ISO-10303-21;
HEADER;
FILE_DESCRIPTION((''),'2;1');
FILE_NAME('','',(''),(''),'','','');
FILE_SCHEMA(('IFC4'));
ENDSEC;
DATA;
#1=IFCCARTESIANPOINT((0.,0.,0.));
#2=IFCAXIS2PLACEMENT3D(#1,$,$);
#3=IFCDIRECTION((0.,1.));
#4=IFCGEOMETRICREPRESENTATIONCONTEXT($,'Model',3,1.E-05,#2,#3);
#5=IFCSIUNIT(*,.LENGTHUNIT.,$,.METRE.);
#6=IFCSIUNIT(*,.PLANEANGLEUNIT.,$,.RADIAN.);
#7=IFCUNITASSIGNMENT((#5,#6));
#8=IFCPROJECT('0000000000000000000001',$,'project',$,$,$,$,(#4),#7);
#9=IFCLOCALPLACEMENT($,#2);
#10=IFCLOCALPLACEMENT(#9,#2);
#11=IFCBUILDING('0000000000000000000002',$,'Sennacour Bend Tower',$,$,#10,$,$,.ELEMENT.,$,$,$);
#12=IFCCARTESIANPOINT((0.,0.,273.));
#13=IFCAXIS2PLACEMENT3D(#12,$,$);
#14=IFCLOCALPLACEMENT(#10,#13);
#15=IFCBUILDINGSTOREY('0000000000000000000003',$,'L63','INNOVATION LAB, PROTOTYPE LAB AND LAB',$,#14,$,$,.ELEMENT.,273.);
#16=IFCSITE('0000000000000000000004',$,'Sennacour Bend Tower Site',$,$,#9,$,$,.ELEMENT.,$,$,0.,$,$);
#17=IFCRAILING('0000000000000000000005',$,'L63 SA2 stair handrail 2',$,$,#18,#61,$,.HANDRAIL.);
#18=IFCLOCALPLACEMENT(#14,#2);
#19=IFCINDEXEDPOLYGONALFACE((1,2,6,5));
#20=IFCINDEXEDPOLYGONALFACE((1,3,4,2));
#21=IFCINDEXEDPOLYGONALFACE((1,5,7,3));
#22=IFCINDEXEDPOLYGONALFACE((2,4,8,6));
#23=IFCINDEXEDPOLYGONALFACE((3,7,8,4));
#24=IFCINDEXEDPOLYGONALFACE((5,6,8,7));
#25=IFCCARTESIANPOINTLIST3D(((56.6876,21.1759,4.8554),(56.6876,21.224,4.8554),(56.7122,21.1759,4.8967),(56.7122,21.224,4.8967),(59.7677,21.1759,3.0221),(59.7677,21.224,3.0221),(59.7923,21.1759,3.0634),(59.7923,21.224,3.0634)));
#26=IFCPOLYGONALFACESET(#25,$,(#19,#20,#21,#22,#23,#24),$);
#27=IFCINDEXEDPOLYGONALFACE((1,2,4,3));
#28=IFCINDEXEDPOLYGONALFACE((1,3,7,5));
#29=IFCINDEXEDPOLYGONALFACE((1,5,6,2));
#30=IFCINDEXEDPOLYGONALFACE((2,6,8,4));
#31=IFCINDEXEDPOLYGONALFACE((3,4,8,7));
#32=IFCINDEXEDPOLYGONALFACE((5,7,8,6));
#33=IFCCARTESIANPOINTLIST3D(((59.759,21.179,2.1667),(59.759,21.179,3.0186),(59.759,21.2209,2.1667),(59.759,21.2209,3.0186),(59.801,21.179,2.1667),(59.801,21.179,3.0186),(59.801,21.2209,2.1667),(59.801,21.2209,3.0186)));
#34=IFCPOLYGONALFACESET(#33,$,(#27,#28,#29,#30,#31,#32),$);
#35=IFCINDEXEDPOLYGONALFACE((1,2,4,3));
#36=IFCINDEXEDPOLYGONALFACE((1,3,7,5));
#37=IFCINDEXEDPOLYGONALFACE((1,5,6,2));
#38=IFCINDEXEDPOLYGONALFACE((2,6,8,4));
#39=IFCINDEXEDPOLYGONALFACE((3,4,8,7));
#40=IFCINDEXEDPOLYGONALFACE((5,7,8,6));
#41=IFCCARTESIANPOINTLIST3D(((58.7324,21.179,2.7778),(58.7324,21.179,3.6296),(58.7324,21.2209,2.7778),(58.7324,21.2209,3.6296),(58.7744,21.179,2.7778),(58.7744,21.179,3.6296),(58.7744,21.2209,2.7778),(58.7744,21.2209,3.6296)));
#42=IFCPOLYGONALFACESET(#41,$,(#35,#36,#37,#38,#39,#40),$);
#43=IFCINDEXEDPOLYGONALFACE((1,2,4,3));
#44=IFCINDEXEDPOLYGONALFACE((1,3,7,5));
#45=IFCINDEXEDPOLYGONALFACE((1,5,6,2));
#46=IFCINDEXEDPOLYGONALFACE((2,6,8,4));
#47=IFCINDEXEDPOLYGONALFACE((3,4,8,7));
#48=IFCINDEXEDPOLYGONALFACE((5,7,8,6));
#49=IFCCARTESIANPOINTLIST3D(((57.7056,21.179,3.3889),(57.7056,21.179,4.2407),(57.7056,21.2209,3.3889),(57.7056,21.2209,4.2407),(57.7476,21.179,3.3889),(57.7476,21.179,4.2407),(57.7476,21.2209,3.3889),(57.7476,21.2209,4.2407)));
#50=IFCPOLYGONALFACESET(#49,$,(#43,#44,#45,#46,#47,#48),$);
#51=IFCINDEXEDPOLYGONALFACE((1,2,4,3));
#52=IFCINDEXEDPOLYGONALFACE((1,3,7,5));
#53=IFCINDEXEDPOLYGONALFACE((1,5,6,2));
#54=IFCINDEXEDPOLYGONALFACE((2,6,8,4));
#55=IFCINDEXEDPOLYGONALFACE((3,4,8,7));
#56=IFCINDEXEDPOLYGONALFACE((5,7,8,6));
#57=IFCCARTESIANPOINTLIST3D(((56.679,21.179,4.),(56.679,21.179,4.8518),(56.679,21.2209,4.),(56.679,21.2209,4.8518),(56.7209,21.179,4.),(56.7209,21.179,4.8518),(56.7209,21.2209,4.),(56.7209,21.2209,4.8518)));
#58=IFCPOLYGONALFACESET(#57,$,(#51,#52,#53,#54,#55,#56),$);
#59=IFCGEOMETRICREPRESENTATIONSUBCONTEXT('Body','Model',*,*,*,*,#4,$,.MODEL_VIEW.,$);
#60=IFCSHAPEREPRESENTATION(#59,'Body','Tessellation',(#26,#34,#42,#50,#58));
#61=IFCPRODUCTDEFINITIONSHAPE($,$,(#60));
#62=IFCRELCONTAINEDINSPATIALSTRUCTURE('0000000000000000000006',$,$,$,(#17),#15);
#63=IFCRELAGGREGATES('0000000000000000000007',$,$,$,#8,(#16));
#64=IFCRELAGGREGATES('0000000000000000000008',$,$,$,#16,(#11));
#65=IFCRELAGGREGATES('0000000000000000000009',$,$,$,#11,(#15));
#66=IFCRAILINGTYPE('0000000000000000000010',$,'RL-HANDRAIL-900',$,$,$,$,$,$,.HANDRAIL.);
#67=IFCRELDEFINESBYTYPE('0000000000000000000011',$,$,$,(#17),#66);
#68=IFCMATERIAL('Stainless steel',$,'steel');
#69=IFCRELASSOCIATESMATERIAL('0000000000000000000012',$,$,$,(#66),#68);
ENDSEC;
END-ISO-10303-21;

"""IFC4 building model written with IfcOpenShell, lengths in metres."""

from ifc_helpers import new_model, si_unit, direction, frame, origin, origin_2d, place, context, subcontext, project, spatial, rectangle, extrude, material, type_object, element, save


model = new_model("IFC4")

# Units and contexts
model_context = context("Model", 3, precision=1e-05, world=origin(), true_north=direction((0.0, 1.0)))
body_context = subcontext(model_context, "Body", "Model", "MODEL_VIEW")
ifc_project = project(units=[si_unit("LENGTHUNIT", "METRE"), si_unit("PLANEANGLEUNIT", "RADIAN")], contexts=[model_context])

# Site, building, storey
site_placement = place(None, origin())
site = spatial("IfcSite", under=ifc_project, at=site_placement, Name="Sennacour Bend Tower Site", CompositionType="ELEMENT", RefElevation=0.0)
building_placement = place(site_placement, origin())
building = spatial("IfcBuilding", under=site, at=building_placement, Name="Sennacour Bend Tower", CompositionType="ELEMENT")
storey_placement = place(building_placement, frame((0.0, 0.0, 273.0)))
storey = spatial("IfcBuildingStorey", under=building, at=storey_placement, Name="L63", Description="INNOVATION LAB, PROTOTYPE LAB AND LAB", CompositionType="ELEMENT", Elevation=273.0)

# Railing
ifc_material_1 = material(Name="Stainless steel", Category="steel")
railing_type_1 = type_object("IfcRailingType", Name="RL-HANDRAIL-900", PredefinedType="HANDRAIL", material=ifc_material_1)
railing_1_placement = place(storey_placement, frame((59.78, 21.2, 2.1667)))
element("IfcRailing", 1, at=railing_1_placement, inside=storey, type_object=railing_type_1, Name="L63 SA2 stair handrail 2", PredefinedType="HANDRAIL", context=body_context, shape_type="SweptSolid", body=[
    extrude(rectangle(XDim=0.0481, YDim=0.0481, at=origin_2d()), frame((0.0, 0.0, 0.876), z_axis=(-0.859309, 0.0, 0.511458), x_axis=(0.0, -1.0, 0.0)), (0.0, 0.0, 1.0), 3.5845),
    extrude(rectangle(XDim=0.042, YDim=0.042, at=origin_2d()), origin(), (0.0, 0.0, 1.0), 0.8518),
    extrude(rectangle(XDim=0.042, YDim=0.042, at=origin_2d()), frame((-1.0266, 0.0, 0.6111)), (0.0, 0.0, 1.0), 0.8518),
    extrude(rectangle(XDim=0.042, YDim=0.042, at=origin_2d()), frame((-2.0535, 0.0, 1.2222)), (0.0, 0.0, 1.0), 0.8518),
    extrude(rectangle(XDim=0.042, YDim=0.042, at=origin_2d()), frame((-3.0801, 0.0, 1.8333)), (0.0, 0.0, 1.0), 0.8518),
])

save(model, "model.ifc")
